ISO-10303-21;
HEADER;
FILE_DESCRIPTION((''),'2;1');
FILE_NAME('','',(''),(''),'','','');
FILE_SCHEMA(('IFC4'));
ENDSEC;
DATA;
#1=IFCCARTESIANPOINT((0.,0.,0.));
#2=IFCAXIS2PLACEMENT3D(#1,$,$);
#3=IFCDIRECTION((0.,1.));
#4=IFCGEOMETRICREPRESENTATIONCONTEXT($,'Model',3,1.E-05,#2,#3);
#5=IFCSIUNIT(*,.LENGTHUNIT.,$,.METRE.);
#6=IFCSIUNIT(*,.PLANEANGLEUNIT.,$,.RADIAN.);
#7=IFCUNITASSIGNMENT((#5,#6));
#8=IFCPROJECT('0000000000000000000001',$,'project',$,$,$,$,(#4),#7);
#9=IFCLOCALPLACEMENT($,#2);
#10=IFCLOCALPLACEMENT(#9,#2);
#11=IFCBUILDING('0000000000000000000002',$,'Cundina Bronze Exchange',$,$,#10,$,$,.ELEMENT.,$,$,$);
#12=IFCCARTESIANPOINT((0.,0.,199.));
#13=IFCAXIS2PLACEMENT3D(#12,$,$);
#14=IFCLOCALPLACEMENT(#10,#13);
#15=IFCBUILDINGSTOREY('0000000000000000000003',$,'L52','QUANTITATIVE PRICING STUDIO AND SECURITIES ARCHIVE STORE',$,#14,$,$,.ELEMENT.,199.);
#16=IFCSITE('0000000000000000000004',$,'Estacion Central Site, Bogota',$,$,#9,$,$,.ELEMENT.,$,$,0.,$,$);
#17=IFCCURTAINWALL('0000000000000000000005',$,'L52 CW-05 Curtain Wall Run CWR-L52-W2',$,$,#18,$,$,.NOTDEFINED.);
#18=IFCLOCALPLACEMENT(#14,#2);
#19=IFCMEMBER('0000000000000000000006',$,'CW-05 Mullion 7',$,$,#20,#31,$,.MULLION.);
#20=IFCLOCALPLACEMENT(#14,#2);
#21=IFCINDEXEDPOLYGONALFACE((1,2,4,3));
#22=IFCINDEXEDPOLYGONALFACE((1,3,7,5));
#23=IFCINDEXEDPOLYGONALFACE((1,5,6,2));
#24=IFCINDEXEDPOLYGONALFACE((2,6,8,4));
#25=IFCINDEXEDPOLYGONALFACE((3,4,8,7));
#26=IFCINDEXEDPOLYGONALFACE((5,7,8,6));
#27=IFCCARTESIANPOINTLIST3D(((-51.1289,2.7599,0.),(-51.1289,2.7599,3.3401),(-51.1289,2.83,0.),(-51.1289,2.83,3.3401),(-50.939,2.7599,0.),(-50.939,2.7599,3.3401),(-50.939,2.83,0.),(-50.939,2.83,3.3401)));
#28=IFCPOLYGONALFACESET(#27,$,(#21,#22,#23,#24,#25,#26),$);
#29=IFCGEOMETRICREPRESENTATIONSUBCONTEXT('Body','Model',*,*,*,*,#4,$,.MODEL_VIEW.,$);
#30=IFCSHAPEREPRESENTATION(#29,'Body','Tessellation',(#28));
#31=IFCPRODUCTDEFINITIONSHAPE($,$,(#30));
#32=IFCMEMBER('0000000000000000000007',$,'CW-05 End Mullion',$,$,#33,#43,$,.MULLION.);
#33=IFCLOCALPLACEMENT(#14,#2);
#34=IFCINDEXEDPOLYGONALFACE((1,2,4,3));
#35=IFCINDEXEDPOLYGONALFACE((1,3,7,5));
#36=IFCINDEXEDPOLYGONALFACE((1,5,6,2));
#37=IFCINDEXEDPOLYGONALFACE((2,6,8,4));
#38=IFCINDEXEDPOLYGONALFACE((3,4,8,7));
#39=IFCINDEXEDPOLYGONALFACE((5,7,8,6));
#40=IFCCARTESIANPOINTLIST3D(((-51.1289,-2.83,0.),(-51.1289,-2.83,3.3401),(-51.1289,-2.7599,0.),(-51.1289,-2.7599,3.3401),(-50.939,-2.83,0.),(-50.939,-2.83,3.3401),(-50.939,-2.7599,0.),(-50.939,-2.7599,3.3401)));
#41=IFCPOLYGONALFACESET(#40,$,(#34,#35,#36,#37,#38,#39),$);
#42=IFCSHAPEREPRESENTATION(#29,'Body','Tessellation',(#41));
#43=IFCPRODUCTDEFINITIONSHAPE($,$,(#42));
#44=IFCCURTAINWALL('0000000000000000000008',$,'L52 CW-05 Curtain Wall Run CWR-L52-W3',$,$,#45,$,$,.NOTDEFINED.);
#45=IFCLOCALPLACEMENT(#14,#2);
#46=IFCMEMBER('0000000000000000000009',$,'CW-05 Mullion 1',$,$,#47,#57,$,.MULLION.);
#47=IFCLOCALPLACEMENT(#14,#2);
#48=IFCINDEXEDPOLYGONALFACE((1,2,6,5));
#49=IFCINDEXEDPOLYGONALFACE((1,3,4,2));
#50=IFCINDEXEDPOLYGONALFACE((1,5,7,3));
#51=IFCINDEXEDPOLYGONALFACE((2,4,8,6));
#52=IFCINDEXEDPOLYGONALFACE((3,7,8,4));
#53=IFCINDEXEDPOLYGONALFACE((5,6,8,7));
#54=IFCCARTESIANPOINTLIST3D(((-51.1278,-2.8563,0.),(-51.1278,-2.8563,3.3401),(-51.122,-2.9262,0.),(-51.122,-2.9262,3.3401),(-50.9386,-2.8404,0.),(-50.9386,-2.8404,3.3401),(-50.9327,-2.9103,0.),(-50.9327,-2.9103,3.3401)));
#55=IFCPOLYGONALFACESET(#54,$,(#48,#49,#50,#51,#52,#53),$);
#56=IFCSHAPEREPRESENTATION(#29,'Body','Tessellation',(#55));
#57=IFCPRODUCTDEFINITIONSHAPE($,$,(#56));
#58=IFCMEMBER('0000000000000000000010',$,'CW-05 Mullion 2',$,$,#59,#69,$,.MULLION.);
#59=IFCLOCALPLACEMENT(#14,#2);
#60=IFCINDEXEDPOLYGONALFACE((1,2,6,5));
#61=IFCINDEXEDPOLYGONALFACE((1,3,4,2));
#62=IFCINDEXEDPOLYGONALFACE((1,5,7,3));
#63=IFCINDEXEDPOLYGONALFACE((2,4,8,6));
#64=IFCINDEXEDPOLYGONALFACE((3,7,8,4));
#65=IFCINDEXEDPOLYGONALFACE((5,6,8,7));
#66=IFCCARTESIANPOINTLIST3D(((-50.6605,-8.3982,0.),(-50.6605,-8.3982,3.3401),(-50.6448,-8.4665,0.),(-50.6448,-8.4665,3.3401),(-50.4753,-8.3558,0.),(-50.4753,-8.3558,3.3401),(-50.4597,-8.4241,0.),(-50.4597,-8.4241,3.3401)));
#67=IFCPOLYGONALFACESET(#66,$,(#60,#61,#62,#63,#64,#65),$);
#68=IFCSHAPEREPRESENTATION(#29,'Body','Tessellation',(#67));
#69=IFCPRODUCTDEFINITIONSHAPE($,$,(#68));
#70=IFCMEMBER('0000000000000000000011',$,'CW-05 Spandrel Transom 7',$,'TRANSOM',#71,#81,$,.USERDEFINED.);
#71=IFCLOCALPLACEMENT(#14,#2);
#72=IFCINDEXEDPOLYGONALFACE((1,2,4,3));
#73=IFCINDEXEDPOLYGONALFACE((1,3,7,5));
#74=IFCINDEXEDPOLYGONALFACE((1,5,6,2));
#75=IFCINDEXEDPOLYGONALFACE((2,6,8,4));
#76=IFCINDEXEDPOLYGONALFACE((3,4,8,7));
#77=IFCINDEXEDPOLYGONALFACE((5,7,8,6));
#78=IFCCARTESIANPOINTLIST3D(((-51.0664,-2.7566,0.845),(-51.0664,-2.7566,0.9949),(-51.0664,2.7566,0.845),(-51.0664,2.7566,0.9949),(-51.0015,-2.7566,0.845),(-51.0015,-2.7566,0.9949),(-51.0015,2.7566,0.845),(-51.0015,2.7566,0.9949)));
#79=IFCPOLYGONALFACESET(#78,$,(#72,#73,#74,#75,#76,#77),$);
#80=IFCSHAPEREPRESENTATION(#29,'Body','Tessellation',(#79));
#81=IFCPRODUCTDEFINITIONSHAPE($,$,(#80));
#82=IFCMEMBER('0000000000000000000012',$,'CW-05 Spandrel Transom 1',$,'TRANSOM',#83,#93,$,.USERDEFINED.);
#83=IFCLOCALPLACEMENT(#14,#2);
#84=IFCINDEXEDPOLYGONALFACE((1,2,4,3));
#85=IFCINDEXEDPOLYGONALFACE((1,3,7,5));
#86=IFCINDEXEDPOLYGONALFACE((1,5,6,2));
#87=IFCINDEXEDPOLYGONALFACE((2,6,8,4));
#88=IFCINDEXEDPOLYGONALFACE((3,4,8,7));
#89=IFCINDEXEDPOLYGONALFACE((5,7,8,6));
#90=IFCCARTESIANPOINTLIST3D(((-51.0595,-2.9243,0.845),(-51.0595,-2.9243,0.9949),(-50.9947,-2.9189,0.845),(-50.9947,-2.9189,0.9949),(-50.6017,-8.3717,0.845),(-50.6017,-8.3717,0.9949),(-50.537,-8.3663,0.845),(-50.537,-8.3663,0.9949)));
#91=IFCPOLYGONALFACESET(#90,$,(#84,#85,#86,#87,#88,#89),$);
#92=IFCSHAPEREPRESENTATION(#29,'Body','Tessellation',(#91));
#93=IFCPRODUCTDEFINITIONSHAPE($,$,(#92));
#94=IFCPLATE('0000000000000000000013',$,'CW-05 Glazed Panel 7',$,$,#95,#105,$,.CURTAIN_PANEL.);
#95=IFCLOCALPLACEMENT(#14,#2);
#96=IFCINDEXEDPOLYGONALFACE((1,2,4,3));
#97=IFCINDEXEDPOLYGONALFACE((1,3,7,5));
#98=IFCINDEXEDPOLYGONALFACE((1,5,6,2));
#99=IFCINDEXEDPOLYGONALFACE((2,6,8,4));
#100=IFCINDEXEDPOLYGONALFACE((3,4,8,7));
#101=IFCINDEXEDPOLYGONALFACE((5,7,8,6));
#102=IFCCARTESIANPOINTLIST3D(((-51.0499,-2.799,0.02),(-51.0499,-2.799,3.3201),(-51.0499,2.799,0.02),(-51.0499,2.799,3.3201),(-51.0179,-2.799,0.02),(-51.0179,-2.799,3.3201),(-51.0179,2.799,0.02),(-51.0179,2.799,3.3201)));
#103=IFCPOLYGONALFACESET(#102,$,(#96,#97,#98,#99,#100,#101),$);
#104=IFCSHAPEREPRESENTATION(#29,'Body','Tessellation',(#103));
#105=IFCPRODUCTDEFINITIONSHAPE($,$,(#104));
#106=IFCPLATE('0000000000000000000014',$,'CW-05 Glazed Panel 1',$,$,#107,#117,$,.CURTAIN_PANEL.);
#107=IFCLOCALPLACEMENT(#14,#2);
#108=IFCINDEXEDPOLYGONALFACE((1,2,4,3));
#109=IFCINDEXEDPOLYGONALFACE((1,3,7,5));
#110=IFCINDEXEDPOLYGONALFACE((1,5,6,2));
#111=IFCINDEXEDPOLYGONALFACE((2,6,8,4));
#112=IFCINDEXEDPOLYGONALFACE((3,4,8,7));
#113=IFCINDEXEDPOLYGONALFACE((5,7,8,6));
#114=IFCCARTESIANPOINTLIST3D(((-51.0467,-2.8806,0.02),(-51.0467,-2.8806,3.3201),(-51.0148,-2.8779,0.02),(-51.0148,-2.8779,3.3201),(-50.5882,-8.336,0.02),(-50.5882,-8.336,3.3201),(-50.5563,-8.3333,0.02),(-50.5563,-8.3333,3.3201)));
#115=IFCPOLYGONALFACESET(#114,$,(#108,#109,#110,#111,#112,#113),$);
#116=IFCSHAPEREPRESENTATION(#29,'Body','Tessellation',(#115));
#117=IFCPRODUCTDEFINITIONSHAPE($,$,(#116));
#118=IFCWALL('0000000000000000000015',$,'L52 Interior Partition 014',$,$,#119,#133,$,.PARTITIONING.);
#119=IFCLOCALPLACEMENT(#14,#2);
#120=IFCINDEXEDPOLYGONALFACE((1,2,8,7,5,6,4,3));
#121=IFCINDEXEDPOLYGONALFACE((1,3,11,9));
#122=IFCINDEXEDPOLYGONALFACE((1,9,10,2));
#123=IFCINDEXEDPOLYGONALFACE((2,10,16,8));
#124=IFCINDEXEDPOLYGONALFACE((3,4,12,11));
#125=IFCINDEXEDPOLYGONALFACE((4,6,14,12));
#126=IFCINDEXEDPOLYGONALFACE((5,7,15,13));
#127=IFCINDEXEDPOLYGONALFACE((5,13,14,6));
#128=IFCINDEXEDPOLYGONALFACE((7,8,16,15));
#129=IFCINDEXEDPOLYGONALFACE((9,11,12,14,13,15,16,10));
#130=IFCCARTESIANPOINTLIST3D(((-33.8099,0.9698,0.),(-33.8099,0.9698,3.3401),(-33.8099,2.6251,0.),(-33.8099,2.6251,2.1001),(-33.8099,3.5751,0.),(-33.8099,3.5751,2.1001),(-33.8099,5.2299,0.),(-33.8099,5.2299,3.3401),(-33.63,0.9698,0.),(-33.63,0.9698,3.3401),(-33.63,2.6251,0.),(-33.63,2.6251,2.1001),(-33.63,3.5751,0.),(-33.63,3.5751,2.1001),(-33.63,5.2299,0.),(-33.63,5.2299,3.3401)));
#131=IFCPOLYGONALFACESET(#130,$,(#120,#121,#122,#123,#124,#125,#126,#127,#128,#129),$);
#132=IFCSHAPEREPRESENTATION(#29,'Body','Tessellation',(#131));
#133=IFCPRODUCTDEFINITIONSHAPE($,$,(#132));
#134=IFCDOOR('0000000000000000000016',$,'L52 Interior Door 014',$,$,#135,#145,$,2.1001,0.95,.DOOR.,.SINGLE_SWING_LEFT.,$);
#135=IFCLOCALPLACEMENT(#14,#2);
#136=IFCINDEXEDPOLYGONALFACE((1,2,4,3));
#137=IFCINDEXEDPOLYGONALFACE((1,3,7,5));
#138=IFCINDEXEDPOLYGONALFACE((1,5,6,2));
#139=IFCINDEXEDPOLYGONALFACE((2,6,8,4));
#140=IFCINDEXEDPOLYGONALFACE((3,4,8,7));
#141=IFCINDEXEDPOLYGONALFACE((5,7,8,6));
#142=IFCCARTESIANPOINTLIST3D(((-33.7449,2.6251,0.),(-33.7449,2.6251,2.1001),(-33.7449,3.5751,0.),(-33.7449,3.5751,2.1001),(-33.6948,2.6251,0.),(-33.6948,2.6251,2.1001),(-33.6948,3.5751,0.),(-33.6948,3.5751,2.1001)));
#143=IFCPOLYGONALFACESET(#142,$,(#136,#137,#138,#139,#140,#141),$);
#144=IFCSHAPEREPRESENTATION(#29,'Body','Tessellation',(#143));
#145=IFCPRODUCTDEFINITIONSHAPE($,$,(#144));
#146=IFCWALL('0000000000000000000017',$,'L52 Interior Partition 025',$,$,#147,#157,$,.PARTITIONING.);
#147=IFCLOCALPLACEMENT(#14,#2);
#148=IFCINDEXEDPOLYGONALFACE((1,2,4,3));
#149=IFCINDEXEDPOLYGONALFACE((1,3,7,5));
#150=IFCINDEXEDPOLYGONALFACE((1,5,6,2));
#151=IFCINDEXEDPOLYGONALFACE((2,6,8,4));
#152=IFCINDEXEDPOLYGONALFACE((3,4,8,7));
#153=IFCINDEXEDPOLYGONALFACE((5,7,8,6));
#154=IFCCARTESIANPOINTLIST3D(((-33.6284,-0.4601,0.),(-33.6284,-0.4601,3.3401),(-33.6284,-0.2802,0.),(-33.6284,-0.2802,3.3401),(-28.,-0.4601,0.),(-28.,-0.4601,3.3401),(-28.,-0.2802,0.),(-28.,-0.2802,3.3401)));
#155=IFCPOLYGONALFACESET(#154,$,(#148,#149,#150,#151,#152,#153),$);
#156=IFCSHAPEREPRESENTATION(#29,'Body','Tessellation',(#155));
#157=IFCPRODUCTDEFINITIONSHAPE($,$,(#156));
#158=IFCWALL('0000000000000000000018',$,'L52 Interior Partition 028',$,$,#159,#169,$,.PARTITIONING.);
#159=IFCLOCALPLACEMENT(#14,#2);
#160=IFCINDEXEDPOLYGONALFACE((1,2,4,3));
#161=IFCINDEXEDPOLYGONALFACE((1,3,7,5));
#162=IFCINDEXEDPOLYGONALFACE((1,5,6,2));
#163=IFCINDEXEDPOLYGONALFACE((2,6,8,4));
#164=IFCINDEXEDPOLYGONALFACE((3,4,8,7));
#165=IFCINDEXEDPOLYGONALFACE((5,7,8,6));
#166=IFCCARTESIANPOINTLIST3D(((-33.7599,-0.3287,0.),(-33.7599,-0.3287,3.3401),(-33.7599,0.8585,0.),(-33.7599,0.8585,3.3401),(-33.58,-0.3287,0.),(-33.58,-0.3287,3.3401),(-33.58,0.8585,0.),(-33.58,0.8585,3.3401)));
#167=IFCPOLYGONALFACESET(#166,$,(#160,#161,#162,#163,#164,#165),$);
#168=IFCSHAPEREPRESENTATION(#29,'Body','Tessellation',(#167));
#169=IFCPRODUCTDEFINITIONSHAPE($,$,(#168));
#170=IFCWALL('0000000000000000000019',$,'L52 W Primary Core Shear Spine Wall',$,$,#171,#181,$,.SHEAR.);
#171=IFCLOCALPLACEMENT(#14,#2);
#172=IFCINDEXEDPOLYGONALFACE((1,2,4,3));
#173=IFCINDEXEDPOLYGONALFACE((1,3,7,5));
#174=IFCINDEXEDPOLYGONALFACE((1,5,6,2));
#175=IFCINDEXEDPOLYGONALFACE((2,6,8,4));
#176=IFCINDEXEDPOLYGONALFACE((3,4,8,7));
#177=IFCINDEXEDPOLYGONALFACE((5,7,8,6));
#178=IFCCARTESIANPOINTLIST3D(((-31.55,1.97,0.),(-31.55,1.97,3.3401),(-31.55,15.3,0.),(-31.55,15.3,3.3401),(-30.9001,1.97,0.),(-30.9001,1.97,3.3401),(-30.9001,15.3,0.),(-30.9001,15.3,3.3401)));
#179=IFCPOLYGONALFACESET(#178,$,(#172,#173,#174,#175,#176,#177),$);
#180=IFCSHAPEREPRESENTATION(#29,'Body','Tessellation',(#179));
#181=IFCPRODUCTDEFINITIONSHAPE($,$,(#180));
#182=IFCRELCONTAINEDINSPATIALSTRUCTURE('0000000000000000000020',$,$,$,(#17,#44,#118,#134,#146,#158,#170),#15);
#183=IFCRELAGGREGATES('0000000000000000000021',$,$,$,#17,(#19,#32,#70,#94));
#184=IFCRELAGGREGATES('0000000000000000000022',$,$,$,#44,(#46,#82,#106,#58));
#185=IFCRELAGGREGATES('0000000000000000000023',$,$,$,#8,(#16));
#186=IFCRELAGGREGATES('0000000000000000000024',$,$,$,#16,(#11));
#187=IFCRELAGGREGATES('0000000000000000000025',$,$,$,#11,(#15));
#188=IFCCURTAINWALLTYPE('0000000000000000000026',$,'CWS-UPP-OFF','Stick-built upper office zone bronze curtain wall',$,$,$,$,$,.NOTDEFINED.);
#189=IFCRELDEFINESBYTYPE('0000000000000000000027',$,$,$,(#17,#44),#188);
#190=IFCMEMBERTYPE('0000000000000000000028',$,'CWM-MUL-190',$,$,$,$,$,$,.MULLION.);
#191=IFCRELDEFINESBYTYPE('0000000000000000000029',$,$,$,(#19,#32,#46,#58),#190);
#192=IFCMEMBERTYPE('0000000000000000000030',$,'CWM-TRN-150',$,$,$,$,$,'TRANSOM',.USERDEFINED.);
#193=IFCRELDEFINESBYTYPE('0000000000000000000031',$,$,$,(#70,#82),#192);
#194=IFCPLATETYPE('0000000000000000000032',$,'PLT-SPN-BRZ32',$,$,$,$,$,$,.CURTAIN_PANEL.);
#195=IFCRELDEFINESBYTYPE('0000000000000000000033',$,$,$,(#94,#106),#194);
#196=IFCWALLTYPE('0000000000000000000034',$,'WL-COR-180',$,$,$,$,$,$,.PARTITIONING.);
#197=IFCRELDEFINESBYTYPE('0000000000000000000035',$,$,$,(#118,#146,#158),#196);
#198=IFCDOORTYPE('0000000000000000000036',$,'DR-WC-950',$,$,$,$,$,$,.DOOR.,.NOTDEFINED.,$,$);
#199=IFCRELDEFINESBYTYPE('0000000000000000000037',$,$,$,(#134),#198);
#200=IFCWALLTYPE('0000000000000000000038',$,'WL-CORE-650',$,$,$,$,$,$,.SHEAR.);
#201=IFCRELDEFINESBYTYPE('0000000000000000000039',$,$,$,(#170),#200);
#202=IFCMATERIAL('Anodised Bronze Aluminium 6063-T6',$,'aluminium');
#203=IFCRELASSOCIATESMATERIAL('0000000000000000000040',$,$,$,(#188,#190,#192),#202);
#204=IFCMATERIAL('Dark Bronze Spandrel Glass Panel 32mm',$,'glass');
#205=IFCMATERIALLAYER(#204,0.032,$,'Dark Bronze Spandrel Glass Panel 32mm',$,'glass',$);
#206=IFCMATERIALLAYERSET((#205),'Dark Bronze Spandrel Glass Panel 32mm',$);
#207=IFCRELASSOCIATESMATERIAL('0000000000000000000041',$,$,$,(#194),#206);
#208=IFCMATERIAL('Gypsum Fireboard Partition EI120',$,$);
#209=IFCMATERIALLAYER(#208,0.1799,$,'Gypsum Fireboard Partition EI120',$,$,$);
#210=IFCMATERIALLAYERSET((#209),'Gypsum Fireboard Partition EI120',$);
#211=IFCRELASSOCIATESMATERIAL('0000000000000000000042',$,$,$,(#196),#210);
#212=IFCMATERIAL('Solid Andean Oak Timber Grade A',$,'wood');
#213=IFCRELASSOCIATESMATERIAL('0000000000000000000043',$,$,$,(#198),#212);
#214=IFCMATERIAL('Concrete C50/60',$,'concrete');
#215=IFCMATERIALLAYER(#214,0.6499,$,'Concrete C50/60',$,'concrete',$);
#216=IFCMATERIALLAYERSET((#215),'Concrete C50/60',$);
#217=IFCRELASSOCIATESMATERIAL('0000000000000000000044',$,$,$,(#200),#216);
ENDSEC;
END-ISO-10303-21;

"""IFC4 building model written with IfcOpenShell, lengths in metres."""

from ifc_helpers import new_model, si_unit, direction, frame, frame_2d, origin, origin_2d, place, context, subcontext, project, spatial, rectangle, extrude, material, layer, layer_set, material_profile, profile_set, type_object, element, fill, aggregate, save


model = new_model("IFC4")

# Units and contexts
model_context = context("Model", 3, precision=1e-05, world=origin(), true_north=direction((0.0, 1.0)))
body_context = subcontext(model_context, "Body", "Model", "MODEL_VIEW")
ifc_project = project(units=[si_unit("LENGTHUNIT", "METRE"), si_unit("PLANEANGLEUNIT", "RADIAN")], contexts=[model_context])

# Site, building, storey
site_placement = place(None, origin())
site = spatial("IfcSite", under=ifc_project, at=site_placement, Name="Estacion Central Site, Bogota", CompositionType="ELEMENT", RefElevation=0.0)
building_placement = place(site_placement, origin())
building = spatial("IfcBuilding", under=site, at=building_placement, Name="Cundina Bronze Exchange", CompositionType="ELEMENT")
storey_placement = place(building_placement, frame((0.0, 0.0, 199.0)))
storey = spatial("IfcBuildingStorey", under=building, at=storey_placement, Name="L52", Description="QUANTITATIVE PRICING STUDIO AND SECURITIES ARCHIVE STORE", CompositionType="ELEMENT", Elevation=199.0)

# Shared definitions
ifc_material_1 = material(Name="Concrete C50/60", Category="concrete")

# Curtain walls, members
ifc_material_2 = material(Name="Anodised Bronze Aluminium 6063-T6", Category="aluminium")
curtain_wall_type = type_object("IfcCurtainWallType", Name="CWS-UPP-OFF", Description="Stick-built upper office zone bronze curtain wall", PredefinedType="NOTDEFINED", material=ifc_material_2)
curtain_wall_1_placement = place(storey_placement, origin())
curtain_wall_1 = element("IfcCurtainWall", 1, at=curtain_wall_1_placement, inside=storey, type_object=curtain_wall_type, Name="L52 CW-05 Curtain Wall Run CWR-L52-W2", PredefinedType="NOTDEFINED")
ifc_material_profile_1 = material_profile(ifc_material_2, rectangle(XDim=0.0701, YDim=0.1899, at=origin_2d()), Name="AL70X190", Category="aluminium")
ifc_profile_set_1 = profile_set([ifc_material_profile_1], Name="Anodised Bronze Aluminium 6063-T6")
member_type_1 = type_object("IfcMemberType", Name="CWM-MUL-190", PredefinedType="MULLION", material=ifc_profile_set_1)
member_1_placement = place(storey_placement, frame((-51.0339, 2.7949, 0.0), z_axis=(0.0, 0.0, 1.0), x_axis=(0.0, -1.0, 0.0)))
member_1 = element("IfcMember", 2, at=member_1_placement, type_object=member_type_1, Name="CW-05 Mullion 7", PredefinedType="MULLION", context=body_context, shape_type="SweptSolid", body=[
    extrude(rectangle(XDim=0.0701, YDim=0.1899, at=origin_2d()), origin(), (0.0, 0.0, 1.0), 3.3401),
])
member_2_placement = place(storey_placement, frame((-51.0339, -2.7949, 0.0), z_axis=(0.0, 0.0, 1.0), x_axis=(0.0, -1.0, 0.0)))
member_2 = element("IfcMember", 3, at=member_2_placement, type_object=member_type_1, Name="CW-05 End Mullion", PredefinedType="MULLION", context=body_context, shape_type="SweptSolid", body=[
    extrude(rectangle(XDim=0.0701, YDim=0.1899, at=origin_2d()), origin(), (0.0, 0.0, 1.0), 3.3401),
])
curtain_wall_2_placement = place(storey_placement, origin())
curtain_wall_2 = element("IfcCurtainWall", 4, at=curtain_wall_2_placement, inside=storey, type_object=curtain_wall_type, Name="L52 CW-05 Curtain Wall Run CWR-L52-W3", PredefinedType="NOTDEFINED")
member_3_placement = place(storey_placement, frame((-51.0303, -2.8833, 0.0), z_axis=(0.0, 0.0, 1.0), x_axis=(0.083678, -0.996493, 0.0)))
member_3 = element("IfcMember", 5, at=member_3_placement, type_object=member_type_1, Name="CW-05 Mullion 1", PredefinedType="MULLION", context=body_context, shape_type="SweptSolid", body=[
    extrude(rectangle(XDim=0.0701, YDim=0.1899, at=origin_2d()), origin(), (0.0, 0.0, 1.0), 3.3401),
])
member_4_placement = place(storey_placement, frame((-50.5601, -8.4111, 0.0), z_axis=(0.0, 0.0, 1.0), x_axis=(0.22325, -0.974761, 0.0)))
member_4 = element("IfcMember", 6, at=member_4_placement, type_object=member_type_1, Name="CW-05 Mullion 2", PredefinedType="MULLION", context=body_context, shape_type="SweptSolid", body=[
    extrude(rectangle(XDim=0.0701, YDim=0.1899, at=origin_2d()), origin(), (0.0, 0.0, 1.0), 3.3401),
])

# Members
ifc_material_profile_2 = material_profile(ifc_material_2, rectangle(XDim=0.0649, YDim=0.1499, at=origin_2d()), Name="AL65X150", Category="aluminium")
ifc_profile_set_2 = profile_set([ifc_material_profile_2], Name="Anodised Bronze Aluminium 6063-T6")
member_type_2 = type_object("IfcMemberType", Name="CWM-TRN-150", ElementType="TRANSOM", PredefinedType="USERDEFINED", material=ifc_profile_set_2)
member_5_placement = place(storey_placement, frame((-51.0339, 2.7566, 0.9199), z_axis=(0.0, -1.0, 0.0), x_axis=(1.0, 0.0, 0.0)))
member_5 = element("IfcMember", 7, at=member_5_placement, type_object=member_type_2, Name="CW-05 Spandrel Transom 7", ObjectType="TRANSOM", PredefinedType="USERDEFINED", context=body_context, shape_type="SweptSolid", body=[
    extrude(rectangle(XDim=0.0649, YDim=0.1499, at=origin_2d()), origin(), (0.0, 0.0, 1.0), 5.5132),
])
member_6_placement = place(storey_placement, frame((-51.0271, -2.9216, 0.9199), z_axis=(0.08374, -0.996488, 0.0), x_axis=(0.996488, 0.08374, 0.0)))
member_6 = element("IfcMember", 8, at=member_6_placement, type_object=member_type_2, Name="CW-05 Spandrel Transom 1", ObjectType="TRANSOM", PredefinedType="USERDEFINED", context=body_context, shape_type="SweptSolid", body=[
    extrude(rectangle(XDim=0.0649, YDim=0.1499, at=origin_2d()), origin(), (0.0, 0.0, 1.0), 5.4666),
])

# Plates
ifc_material_3 = material(Name="Dark Bronze Spandrel Glass Panel 32mm", Category="glass")
ifc_layer_1 = layer(ifc_material_3, 0.032, Name="Dark Bronze Spandrel Glass Panel 32mm", Category="glass")
ifc_layer_set_1 = layer_set([ifc_layer_1], Name="Dark Bronze Spandrel Glass Panel 32mm")
plate_type = type_object("IfcPlateType", Name="PLT-SPN-BRZ32", PredefinedType="CURTAIN_PANEL", material=ifc_layer_set_1)
plate_1_placement = place(storey_placement, frame((-51.0339, 0.0, 0.02), z_axis=(0.0, 0.0, 1.0), x_axis=(0.0, -1.0, 0.0)))
plate_1 = element("IfcPlate", 9, at=plate_1_placement, type_object=plate_type, Name="CW-05 Glazed Panel 7", PredefinedType="CURTAIN_PANEL", context=body_context, shape_type="SweptSolid", body=[
    extrude(rectangle(XDim=5.5979, YDim=0.032, at=origin_2d()), origin(), (0.0, 0.0, 1.0), 3.3),
])
aggregate(curtain_wall_1, [member_1, member_2, member_5, plate_1])
plate_2_placement = place(storey_placement, frame((-50.8015, -5.6069, 0.02), z_axis=(0.0, 0.0, 1.0), x_axis=(0.083747, -0.996487, 0.0)))
plate_2 = element("IfcPlate", 10, at=plate_2_placement, type_object=plate_type, Name="CW-05 Glazed Panel 1", PredefinedType="CURTAIN_PANEL", context=body_context, shape_type="SweptSolid", body=[
    extrude(rectangle(XDim=5.4746, YDim=0.032, at=origin_2d()), origin(), (0.0, 0.0, 1.0), 3.3),
])
aggregate(curtain_wall_2, [member_3, member_6, plate_2, member_4])

# Wall, opening, door
ifc_material_4 = material(Name="Gypsum Fireboard Partition EI120")
ifc_layer_2 = layer(ifc_material_4, 0.1799, Name="Gypsum Fireboard Partition EI120")
ifc_layer_set_2 = layer_set([ifc_layer_2], Name="Gypsum Fireboard Partition EI120")
wall_type_1 = type_object("IfcWallType", Name="WL-COR-180", PredefinedType="PARTITIONING", material=ifc_layer_set_2)
wall_1_placement = place(storey_placement, frame((-33.72, 0.97, 0.0), z_axis=(0.0, 0.0, 1.0), x_axis=(0.0, 1.0, 0.0)))
wall_1 = element("IfcWall", 11, at=wall_1_placement, inside=storey, type_object=wall_type_1, Name="L52 Interior Partition 014", PredefinedType="PARTITIONING", context=body_context, shape_type="SweptSolid", body=[
    extrude(rectangle(XDim=4.26, YDim=0.1799, at=frame_2d((2.1299, 0.0))), origin(), (0.0, 0.0, 1.0), 3.3401),
])
opening_1_placement = place(wall_1_placement, frame((1.655, 0.0, 0.0)))
opening_1 = element("IfcOpeningElement", 12, at=opening_1_placement, cuts=wall_1, PredefinedType="OPENING", context=body_context, shape_type="SweptSolid", body=[
    extrude(rectangle(XDim=0.95, YDim=2.1001, at=frame_2d((0.4751, 1.05))), frame((0.0, 0.0999, 0.0), z_axis=(0.0, -1.0, 0.0), x_axis=(1.0, 0.0, 0.0)), (0.0, 0.0, 1.0), 0.2),
])
ifc_material_5 = material(Name="Solid Andean Oak Timber Grade A", Category="wood")
door_type_1 = type_object("IfcDoorType", Name="DR-WC-950", OperationType="NOTDEFINED", PredefinedType="DOOR", material=ifc_material_5)
door_1_placement = place(opening_1_placement, origin())
door_1 = element("IfcDoor", 13, at=door_1_placement, inside=storey, type_object=door_type_1, Name="L52 Interior Door 014", OperationType="SINGLE_SWING_LEFT", OverallHeight=2.1001, OverallWidth=0.95, PredefinedType="DOOR", context=body_context, shape_type="SweptSolid", body=[
    extrude(rectangle(XDim=0.95, YDim=2.1001, at=frame_2d((0.4751, 1.05))), frame((0.0, 0.0249, 0.0), z_axis=(0.0, -1.0, 0.0), x_axis=(1.0, 0.0, 0.0)), (0.0, 0.0, 1.0), 0.05),
])
fill(opening_1, door_1)

# Walls
wall_2_placement = place(storey_placement, frame((-33.6284, -0.3701, 0.0), z_axis=(0.0, 0.0, 1.0), x_axis=(1.0, 0.0, 0.0)))
element("IfcWall", 14, at=wall_2_placement, inside=storey, type_object=wall_type_1, Name="L52 Interior Partition 025", PredefinedType="PARTITIONING", context=body_context, shape_type="SweptSolid", body=[
    extrude(rectangle(XDim=5.6284, YDim=0.1799, at=frame_2d((2.8142, 0.0))), origin(), (0.0, 0.0, 1.0), 3.3401),
])
wall_3_placement = place(storey_placement, frame((-33.6699, 0.8586, 0.0), z_axis=(0.0, 0.0, 1.0), x_axis=(0.0, -1.0, 0.0)))
element("IfcWall", 15, at=wall_3_placement, inside=storey, type_object=wall_type_1, Name="L52 Interior Partition 028", PredefinedType="PARTITIONING", context=body_context, shape_type="SweptSolid", body=[
    extrude(rectangle(XDim=1.1873, YDim=0.1799, at=frame_2d((0.5938, 0.0))), origin(), (0.0, 0.0, 1.0), 3.3401),
])
ifc_layer_3 = layer(ifc_material_1, 0.6499, Name="Concrete C50/60", Category="concrete")
ifc_layer_set_3 = layer_set([ifc_layer_3], Name="Concrete C50/60")
wall_type_2 = type_object("IfcWallType", Name="WL-CORE-650", PredefinedType="SHEAR", material=ifc_layer_set_3)
wall_4_placement = place(storey_placement, frame((-31.2251, 1.97, 0.0), z_axis=(0.0, 0.0, 1.0), x_axis=(0.0, 1.0, 0.0)))
element("IfcWall", 16, at=wall_4_placement, inside=storey, type_object=wall_type_2, Name="L52 W Primary Core Shear Spine Wall", PredefinedType="SHEAR", context=body_context, shape_type="SweptSolid", body=[
    extrude(rectangle(XDim=13.3301, YDim=0.6499, at=frame_2d((6.665, 0.0))), origin(), (0.0, 0.0, 1.0), 3.3401),
])

save(model, "model.ifc")
